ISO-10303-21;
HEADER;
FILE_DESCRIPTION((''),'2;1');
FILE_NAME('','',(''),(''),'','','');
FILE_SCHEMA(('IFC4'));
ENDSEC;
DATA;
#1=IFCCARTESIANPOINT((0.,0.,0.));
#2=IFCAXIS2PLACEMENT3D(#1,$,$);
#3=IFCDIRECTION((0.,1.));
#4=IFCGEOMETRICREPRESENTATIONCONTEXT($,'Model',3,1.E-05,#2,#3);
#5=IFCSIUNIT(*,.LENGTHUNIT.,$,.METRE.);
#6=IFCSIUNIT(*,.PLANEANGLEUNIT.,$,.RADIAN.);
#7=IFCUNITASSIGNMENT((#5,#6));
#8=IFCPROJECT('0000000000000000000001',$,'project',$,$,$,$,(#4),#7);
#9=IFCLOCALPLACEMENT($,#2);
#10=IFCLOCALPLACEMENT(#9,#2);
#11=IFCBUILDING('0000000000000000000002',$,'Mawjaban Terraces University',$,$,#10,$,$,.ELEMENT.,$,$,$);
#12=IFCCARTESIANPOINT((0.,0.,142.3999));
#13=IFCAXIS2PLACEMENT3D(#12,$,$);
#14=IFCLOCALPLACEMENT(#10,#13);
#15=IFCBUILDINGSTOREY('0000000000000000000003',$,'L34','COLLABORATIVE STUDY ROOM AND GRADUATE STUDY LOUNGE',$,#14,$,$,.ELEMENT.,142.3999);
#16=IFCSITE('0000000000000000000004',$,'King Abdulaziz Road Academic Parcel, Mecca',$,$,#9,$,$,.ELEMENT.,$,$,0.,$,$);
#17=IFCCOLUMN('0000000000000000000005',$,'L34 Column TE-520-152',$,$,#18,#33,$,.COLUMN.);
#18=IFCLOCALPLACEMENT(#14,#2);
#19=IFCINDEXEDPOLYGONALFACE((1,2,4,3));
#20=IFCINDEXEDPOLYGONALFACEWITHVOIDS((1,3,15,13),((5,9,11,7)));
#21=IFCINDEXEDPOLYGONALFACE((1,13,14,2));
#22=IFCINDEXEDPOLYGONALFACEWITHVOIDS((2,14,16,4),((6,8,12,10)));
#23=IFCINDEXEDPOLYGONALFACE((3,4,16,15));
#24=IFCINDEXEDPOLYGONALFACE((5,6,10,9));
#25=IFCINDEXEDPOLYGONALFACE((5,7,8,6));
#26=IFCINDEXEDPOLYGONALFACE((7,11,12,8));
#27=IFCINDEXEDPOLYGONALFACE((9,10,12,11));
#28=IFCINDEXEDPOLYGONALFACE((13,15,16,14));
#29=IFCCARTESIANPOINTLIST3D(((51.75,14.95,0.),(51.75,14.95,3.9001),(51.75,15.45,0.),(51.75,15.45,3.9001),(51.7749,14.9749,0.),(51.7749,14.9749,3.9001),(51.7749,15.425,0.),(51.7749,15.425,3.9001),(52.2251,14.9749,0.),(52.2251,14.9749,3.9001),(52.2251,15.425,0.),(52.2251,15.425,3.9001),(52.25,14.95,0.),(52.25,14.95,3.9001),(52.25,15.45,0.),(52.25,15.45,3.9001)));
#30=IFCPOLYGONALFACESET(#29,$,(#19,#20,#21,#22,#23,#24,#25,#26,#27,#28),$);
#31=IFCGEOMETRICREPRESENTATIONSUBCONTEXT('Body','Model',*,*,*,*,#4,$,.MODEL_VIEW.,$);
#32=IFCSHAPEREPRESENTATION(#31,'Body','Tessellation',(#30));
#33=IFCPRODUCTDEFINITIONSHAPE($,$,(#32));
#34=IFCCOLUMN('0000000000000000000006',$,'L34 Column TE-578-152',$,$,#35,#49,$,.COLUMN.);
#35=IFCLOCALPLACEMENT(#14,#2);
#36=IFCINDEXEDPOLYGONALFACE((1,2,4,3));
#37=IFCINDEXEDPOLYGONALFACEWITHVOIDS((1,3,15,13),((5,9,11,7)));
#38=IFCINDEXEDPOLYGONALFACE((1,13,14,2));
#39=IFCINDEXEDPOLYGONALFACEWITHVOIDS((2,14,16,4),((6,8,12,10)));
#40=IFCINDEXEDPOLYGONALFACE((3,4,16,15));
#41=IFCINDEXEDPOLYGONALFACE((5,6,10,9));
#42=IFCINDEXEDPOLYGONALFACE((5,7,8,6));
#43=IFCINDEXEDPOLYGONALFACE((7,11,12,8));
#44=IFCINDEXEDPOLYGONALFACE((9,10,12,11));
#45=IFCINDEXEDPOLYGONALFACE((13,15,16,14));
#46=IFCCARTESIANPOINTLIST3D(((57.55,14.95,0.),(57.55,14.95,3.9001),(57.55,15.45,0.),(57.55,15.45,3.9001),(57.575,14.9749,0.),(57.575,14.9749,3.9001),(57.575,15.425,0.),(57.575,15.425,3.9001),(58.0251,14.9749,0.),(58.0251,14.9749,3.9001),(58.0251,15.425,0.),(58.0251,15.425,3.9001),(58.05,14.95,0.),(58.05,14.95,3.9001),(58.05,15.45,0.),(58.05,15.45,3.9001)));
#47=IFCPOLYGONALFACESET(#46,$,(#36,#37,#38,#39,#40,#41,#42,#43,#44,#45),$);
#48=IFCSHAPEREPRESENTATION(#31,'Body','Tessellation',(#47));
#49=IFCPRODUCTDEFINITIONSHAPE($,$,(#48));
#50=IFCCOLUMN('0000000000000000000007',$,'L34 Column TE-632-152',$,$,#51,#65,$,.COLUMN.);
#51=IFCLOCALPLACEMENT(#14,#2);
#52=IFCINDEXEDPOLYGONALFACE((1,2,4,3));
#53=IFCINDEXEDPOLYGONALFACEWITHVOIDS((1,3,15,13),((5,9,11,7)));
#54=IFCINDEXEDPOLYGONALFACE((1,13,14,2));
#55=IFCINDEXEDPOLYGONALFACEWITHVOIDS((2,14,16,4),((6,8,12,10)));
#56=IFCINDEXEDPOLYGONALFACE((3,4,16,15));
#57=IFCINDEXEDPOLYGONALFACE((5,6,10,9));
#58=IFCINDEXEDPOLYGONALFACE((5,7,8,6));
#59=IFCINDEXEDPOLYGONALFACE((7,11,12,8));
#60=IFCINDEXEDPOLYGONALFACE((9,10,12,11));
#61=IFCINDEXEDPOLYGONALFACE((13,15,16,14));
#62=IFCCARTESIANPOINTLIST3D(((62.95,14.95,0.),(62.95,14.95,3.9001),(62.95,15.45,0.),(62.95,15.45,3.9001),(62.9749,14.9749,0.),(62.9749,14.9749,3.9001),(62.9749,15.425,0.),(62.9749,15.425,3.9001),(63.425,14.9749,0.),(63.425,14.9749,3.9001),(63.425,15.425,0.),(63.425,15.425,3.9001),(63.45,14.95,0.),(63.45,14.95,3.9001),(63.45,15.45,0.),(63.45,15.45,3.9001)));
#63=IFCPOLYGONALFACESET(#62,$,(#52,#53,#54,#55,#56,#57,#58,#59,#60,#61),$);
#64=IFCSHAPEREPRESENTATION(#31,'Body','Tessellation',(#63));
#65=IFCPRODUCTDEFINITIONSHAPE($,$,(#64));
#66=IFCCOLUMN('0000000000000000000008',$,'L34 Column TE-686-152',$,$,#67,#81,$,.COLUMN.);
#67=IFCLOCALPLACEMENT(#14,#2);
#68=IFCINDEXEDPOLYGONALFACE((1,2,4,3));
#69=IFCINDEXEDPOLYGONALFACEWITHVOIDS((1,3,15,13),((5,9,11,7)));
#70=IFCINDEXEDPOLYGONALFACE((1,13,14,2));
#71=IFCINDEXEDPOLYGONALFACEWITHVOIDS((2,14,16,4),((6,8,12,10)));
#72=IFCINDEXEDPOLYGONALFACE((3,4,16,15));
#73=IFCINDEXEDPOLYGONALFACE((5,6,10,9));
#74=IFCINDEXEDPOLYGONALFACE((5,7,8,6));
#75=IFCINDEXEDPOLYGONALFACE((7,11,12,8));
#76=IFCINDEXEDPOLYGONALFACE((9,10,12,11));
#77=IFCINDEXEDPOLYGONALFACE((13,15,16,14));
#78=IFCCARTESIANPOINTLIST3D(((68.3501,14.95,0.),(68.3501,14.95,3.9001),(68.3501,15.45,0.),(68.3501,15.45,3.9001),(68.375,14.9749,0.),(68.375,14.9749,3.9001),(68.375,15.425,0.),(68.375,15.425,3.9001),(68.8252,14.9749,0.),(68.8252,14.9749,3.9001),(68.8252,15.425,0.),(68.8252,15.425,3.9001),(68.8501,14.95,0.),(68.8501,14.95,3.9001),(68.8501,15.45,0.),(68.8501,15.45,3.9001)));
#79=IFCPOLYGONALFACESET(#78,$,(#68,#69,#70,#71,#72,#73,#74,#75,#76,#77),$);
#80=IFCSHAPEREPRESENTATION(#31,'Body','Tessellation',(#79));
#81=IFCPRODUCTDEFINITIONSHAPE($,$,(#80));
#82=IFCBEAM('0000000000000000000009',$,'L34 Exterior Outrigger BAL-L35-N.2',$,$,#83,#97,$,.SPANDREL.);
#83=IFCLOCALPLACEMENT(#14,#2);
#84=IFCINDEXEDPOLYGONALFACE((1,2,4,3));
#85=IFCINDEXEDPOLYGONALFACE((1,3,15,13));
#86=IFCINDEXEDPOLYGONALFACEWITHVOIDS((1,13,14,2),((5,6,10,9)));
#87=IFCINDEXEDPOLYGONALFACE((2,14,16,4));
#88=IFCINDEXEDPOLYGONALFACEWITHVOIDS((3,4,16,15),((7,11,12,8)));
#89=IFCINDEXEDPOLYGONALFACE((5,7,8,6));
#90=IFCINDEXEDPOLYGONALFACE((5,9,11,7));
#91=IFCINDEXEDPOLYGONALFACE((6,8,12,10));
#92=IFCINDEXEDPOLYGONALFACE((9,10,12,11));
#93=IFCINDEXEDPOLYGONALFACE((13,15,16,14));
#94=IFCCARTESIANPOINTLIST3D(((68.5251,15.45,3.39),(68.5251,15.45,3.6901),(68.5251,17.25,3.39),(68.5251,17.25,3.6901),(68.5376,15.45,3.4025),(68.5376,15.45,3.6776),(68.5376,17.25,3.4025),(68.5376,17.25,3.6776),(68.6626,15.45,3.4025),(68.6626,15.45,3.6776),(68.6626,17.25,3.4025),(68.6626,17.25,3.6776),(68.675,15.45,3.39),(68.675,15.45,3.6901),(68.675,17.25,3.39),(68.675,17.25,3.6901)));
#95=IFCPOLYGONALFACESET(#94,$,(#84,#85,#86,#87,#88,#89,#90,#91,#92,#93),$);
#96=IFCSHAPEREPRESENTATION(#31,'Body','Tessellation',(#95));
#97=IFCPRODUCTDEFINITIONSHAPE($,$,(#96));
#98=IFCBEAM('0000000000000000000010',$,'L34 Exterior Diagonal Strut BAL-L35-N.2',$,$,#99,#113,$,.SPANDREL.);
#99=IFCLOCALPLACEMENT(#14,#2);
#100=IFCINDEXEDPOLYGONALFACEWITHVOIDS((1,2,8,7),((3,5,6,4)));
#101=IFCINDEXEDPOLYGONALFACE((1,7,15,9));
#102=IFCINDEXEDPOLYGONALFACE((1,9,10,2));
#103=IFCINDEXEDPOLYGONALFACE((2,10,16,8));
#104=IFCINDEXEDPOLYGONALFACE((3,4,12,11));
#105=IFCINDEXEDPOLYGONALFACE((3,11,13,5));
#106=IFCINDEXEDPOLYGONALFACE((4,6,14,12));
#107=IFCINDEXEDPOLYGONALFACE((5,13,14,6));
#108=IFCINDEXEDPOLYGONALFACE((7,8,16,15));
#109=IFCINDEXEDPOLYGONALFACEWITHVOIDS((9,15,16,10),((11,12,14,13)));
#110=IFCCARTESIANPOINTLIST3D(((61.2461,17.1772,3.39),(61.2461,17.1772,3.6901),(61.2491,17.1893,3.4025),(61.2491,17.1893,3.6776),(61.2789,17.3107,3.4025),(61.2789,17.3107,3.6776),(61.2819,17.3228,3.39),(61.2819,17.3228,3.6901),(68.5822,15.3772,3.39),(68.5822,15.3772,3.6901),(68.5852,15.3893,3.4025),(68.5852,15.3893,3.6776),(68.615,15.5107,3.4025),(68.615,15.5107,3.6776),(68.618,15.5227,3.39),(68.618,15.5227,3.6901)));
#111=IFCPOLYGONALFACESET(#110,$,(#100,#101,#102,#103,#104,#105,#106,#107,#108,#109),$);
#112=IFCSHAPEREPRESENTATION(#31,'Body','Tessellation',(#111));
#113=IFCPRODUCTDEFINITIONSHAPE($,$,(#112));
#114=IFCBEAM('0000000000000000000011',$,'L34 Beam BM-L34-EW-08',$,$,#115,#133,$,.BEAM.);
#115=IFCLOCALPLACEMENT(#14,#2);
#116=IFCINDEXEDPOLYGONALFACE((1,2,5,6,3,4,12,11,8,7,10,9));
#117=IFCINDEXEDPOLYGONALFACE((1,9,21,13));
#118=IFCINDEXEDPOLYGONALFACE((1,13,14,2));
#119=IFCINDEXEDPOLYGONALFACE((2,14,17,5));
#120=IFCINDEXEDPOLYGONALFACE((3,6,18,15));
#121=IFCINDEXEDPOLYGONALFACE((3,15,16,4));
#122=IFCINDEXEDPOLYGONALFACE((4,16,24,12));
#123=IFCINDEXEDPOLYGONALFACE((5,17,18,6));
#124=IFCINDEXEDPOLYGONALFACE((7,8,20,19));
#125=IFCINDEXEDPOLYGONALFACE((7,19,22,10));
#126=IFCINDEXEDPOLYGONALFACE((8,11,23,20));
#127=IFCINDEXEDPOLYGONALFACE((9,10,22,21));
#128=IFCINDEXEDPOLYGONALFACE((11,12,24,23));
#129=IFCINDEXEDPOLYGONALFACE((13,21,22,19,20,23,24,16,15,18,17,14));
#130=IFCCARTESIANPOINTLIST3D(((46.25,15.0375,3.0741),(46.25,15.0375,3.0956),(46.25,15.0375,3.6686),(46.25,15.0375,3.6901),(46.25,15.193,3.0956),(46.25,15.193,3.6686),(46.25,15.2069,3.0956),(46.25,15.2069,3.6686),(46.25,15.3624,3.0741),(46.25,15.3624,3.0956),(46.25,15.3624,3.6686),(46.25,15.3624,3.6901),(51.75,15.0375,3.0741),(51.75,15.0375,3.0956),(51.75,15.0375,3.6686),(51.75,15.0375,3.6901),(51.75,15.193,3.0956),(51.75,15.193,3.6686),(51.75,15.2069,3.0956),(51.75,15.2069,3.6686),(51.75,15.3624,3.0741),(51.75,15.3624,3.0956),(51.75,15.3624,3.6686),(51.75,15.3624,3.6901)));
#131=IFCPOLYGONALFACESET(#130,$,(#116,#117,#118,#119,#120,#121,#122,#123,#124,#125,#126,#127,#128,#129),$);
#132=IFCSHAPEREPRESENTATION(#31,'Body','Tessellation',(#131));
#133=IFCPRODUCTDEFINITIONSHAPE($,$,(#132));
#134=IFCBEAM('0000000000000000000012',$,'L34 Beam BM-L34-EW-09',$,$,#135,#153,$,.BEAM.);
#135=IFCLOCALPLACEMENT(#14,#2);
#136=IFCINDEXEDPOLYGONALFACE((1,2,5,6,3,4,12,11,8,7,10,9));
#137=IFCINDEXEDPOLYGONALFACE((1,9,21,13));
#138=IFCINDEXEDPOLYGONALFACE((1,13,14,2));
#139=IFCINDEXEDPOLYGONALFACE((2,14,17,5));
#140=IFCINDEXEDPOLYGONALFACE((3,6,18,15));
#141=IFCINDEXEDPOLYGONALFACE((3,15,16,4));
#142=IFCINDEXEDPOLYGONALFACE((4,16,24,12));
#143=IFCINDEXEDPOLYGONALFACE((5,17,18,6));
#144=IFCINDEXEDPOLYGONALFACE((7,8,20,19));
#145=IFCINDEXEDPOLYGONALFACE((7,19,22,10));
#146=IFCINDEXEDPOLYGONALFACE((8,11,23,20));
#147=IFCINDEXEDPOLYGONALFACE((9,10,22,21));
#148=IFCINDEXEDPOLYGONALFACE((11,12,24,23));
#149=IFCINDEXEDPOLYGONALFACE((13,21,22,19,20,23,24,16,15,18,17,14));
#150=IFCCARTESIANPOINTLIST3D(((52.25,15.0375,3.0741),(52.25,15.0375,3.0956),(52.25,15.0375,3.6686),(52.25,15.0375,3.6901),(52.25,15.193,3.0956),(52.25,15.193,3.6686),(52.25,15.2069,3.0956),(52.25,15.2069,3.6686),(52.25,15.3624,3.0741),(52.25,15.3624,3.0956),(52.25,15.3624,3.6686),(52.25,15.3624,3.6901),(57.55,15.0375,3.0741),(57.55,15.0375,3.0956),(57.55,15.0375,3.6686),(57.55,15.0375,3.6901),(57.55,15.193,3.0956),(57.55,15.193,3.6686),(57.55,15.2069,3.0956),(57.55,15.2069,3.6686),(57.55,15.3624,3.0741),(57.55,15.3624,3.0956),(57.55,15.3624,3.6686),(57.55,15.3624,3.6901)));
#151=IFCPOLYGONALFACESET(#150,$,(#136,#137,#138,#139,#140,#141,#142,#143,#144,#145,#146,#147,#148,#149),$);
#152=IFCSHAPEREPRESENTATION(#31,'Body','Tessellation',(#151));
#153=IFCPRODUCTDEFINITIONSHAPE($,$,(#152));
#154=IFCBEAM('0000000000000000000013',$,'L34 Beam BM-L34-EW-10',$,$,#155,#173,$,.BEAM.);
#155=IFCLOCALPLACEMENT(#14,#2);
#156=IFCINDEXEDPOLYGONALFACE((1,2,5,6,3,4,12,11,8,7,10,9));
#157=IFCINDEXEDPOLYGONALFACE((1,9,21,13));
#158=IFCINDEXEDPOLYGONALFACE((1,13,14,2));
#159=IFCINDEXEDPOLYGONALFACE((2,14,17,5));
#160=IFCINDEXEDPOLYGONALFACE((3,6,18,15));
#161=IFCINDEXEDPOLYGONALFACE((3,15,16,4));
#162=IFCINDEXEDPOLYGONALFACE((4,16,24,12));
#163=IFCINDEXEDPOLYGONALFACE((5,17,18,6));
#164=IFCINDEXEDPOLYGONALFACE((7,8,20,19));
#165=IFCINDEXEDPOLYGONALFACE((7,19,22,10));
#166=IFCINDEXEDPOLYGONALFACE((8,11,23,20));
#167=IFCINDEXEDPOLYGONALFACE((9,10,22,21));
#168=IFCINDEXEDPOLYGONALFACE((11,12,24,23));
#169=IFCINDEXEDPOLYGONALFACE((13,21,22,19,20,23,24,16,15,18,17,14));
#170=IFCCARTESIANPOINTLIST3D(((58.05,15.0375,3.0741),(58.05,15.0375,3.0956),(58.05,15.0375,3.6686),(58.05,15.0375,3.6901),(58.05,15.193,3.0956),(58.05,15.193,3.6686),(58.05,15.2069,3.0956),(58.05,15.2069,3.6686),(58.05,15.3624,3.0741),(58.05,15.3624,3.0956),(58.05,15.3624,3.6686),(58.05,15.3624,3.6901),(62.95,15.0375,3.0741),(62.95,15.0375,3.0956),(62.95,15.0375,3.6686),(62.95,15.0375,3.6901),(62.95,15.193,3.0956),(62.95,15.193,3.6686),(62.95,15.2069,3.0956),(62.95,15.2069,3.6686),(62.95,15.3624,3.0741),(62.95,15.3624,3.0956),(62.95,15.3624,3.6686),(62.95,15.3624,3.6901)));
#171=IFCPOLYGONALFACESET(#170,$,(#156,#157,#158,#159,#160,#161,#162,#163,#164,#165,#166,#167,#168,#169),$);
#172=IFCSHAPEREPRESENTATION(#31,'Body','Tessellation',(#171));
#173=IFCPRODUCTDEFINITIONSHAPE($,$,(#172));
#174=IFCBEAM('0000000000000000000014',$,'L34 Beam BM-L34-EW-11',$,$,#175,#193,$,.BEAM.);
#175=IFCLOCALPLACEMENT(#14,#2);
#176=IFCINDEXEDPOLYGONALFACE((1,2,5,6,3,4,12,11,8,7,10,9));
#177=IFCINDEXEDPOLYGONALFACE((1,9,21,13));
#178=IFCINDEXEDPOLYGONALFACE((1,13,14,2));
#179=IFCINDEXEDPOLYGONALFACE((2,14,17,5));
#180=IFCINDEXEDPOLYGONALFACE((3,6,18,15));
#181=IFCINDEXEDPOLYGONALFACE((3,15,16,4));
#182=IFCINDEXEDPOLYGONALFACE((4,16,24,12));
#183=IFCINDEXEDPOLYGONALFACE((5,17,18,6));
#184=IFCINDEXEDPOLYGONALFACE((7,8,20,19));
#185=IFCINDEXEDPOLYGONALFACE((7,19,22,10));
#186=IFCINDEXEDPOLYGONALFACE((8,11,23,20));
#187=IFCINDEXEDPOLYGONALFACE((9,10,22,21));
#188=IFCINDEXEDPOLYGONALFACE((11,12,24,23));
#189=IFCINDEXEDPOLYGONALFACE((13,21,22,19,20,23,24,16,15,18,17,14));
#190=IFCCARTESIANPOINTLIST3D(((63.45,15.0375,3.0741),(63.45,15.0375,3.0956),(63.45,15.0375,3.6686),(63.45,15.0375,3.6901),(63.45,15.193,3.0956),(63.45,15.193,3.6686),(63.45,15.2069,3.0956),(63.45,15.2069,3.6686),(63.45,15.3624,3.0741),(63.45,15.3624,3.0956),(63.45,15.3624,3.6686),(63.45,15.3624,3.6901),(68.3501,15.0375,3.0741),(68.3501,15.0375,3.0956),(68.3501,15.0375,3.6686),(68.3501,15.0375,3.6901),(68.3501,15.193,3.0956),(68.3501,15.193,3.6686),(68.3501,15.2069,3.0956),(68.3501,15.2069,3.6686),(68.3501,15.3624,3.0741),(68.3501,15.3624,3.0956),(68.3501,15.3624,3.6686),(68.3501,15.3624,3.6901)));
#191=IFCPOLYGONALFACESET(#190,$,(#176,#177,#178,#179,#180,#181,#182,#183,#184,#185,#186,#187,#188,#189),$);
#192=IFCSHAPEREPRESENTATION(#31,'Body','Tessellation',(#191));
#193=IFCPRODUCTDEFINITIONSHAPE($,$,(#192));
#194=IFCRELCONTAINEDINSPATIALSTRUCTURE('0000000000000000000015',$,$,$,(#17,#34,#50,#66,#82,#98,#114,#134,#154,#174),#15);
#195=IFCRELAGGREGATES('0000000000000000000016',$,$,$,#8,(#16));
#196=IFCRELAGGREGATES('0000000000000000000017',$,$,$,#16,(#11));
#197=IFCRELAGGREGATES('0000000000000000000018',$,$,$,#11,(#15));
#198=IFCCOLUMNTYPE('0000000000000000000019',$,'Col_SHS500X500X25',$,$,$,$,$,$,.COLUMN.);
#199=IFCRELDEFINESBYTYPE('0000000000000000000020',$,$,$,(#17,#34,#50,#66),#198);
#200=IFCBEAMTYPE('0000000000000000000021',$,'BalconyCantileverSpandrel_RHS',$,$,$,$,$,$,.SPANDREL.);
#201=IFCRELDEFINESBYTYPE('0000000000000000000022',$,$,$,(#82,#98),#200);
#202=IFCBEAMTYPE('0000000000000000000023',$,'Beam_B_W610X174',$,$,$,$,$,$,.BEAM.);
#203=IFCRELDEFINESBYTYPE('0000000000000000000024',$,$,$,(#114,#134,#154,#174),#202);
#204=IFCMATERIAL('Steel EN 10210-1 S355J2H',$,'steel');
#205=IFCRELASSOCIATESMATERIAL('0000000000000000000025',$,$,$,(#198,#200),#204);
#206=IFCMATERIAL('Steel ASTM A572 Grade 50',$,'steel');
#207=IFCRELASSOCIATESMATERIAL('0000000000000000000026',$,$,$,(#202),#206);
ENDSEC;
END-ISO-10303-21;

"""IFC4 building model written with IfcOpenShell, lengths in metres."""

from ifc_helpers import new_model, si_unit, direction, frame, origin, origin_2d, place, context, subcontext, project, spatial, hollow_rectangle, i_section, extrude, material, material_profile, profile_set, type_object, element, save


model = new_model("IFC4")

# Units and contexts
model_context = context("Model", 3, precision=1e-05, world=origin(), true_north=direction((0.0, 1.0)))
body_context = subcontext(model_context, "Body", "Model", "MODEL_VIEW")
ifc_project = project(units=[si_unit("LENGTHUNIT", "METRE"), si_unit("PLANEANGLEUNIT", "RADIAN")], contexts=[model_context])

# Site, building, storey
site_placement = place(None, origin())
site = spatial("IfcSite", under=ifc_project, at=site_placement, Name="King Abdulaziz Road Academic Parcel, Mecca", CompositionType="ELEMENT", RefElevation=0.0)
building_placement = place(site_placement, origin())
building = spatial("IfcBuilding", under=site, at=building_placement, Name="Mawjaban Terraces University", CompositionType="ELEMENT")
storey_placement = place(building_placement, frame((0.0, 0.0, 142.3999)))
storey = spatial("IfcBuildingStorey", under=building, at=storey_placement, Name="L34", Description="COLLABORATIVE STUDY ROOM AND GRADUATE STUDY LOUNGE", CompositionType="ELEMENT", Elevation=142.3999)

# Columns
ifc_material_1 = material(Name="Steel EN 10210-1 S355J2H", Category="steel")
ifc_material_profile_1 = material_profile(ifc_material_1, hollow_rectangle(XDim=0.5, YDim=0.5, WallThickness=0.0249, at=origin_2d()), Name="SHS500X500X25")
ifc_profile_set_1 = profile_set([ifc_material_profile_1], Name="Steel EN 10210-1 S355J2H")
column_type = type_object("IfcColumnType", Name="Col_SHS500X500X25", PredefinedType="COLUMN", material=ifc_profile_set_1)
for number, where, z_axis, x_axis, name in (
    (1, (52.0, 15.2, 0.0), (0.0, 0.0, 1.0), (1.0, 0.0, 0.0), "L34 Column TE-520-152"),
    (2, (57.8, 15.2, 0.0), (0.0, 0.0, 1.0), (1.0, 0.0, 0.0), "L34 Column TE-578-152"),
    (3, (63.2, 15.2, 0.0), (0.0, 0.0, 1.0), (1.0, 0.0, 0.0), "L34 Column TE-632-152"),
    (4, (68.6001, 15.2, 0.0), (0.0, 0.0, 1.0), (1.0, 0.0, 0.0), "L34 Column TE-686-152"),
):
    element("IfcColumn", number, at=place(storey_placement, frame(where, z_axis=z_axis, x_axis=x_axis)), inside=storey, type_object=column_type, Name=name, PredefinedType="COLUMN", context=body_context, shape_type="SweptSolid", body=[
        extrude(hollow_rectangle(XDim=0.5, YDim=0.5, WallThickness=0.0249, at=origin_2d()), origin(), (0.0, 0.0, 1.0), 3.9001),
    ])

# Beams
ifc_material_profile_2 = material_profile(ifc_material_1, hollow_rectangle(XDim=0.1499, YDim=0.3, WallThickness=0.0125, at=origin_2d()), Name="RHS300X150X12.5")
ifc_profile_set_2 = profile_set([ifc_material_profile_2], Name="Steel EN 10210-1 S355J2H")
beam_type_1 = type_object("IfcBeamType", Name="BalconyCantileverSpandrel_RHS", PredefinedType="SPANDREL", material=ifc_profile_set_2)
beam_1_placement = place(storey_placement, frame((68.6001, 15.45, 3.54), z_axis=(0.0, 1.0, 0.0), x_axis=(-1.0, 0.0, 0.0)))
element("IfcBeam", 5, at=beam_1_placement, inside=storey, type_object=beam_type_1, Name="L34 Exterior Outrigger BAL-L35-N.2", PredefinedType="SPANDREL", context=body_context, shape_type="SweptSolid", body=[
    extrude(hollow_rectangle(XDim=0.1499, YDim=0.3, WallThickness=0.0125, at=origin_2d()), origin(), (0.0, 0.0, 1.0), 1.8),
])
beam_2_placement = place(storey_placement, frame((68.6001, 15.45, 3.54), z_axis=(-0.971192, 0.238297, 0.0), x_axis=(-0.238297, -0.971192, 0.0)))
element("IfcBeam", 6, at=beam_2_placement, inside=storey, type_object=beam_type_1, Name="L34 Exterior Diagonal Strut BAL-L35-N.2", PredefinedType="SPANDREL", context=body_context, shape_type="SweptSolid", body=[
    extrude(hollow_rectangle(XDim=0.1499, YDim=0.3, WallThickness=0.0125, at=origin_2d()), origin(), (0.0, 0.0, 1.0), 7.5537),
])
ifc_material_2 = material(Name="Steel ASTM A572 Grade 50", Category="steel")
ifc_material_profile_3 = material_profile(ifc_material_2, i_section(OverallWidth=0.325, OverallDepth=0.616, WebThickness=0.0139, FlangeThickness=0.0215, at=origin_2d()), Name="W610X174")
ifc_profile_set_3 = profile_set([ifc_material_profile_3], Name="Steel ASTM A572 Grade 50")
beam_type_2 = type_object("IfcBeamType", Name="Beam_B_W610X174", PredefinedType="BEAM", material=ifc_profile_set_3)
beam_3_placement = place(storey_placement, frame((46.25, 15.2, 3.3821), z_axis=(1.0, 0.0, 0.0), x_axis=(0.0, 1.0, 0.0)))
element("IfcBeam", 7, at=beam_3_placement, inside=storey, type_object=beam_type_2, Name="L34 Beam BM-L34-EW-08", PredefinedType="BEAM", context=body_context, shape_type="SweptSolid", body=[
    extrude(i_section(OverallWidth=0.325, OverallDepth=0.616, WebThickness=0.0139, FlangeThickness=0.0215, at=origin_2d()), origin(), (0.0, 0.0, 1.0), 5.5),
])
beam_4_placement = place(storey_placement, frame((52.25, 15.2, 3.3821), z_axis=(1.0, 0.0, 0.0), x_axis=(0.0, 1.0, 0.0)))
element("IfcBeam", 8, at=beam_4_placement, inside=storey, type_object=beam_type_2, Name="L34 Beam BM-L34-EW-09", PredefinedType="BEAM", context=body_context, shape_type="SweptSolid", body=[
    extrude(i_section(OverallWidth=0.325, OverallDepth=0.616, WebThickness=0.0139, FlangeThickness=0.0215, at=origin_2d()), origin(), (0.0, 0.0, 1.0), 5.3),
])
beam_5_placement = place(storey_placement, frame((58.05, 15.2, 3.3821), z_axis=(1.0, 0.0, 0.0), x_axis=(0.0, 1.0, 0.0)))
element("IfcBeam", 9, at=beam_5_placement, inside=storey, type_object=beam_type_2, Name="L34 Beam BM-L34-EW-10", PredefinedType="BEAM", context=body_context, shape_type="SweptSolid", body=[
    extrude(i_section(OverallWidth=0.325, OverallDepth=0.616, WebThickness=0.0139, FlangeThickness=0.0215, at=origin_2d()), origin(), (0.0, 0.0, 1.0), 4.8999),
])
beam_6_placement = place(storey_placement, frame((63.45, 15.2, 3.3821), z_axis=(1.0, 0.0, 0.0), x_axis=(0.0, 1.0, 0.0)))
element("IfcBeam", 10, at=beam_6_placement, inside=storey, type_object=beam_type_2, Name="L34 Beam BM-L34-EW-11", PredefinedType="BEAM", context=body_context, shape_type="SweptSolid", body=[
    extrude(i_section(OverallWidth=0.325, OverallDepth=0.616, WebThickness=0.0139, FlangeThickness=0.0215, at=origin_2d()), origin(), (0.0, 0.0, 1.0), 4.9001),
])

save(model, "model.ifc")
